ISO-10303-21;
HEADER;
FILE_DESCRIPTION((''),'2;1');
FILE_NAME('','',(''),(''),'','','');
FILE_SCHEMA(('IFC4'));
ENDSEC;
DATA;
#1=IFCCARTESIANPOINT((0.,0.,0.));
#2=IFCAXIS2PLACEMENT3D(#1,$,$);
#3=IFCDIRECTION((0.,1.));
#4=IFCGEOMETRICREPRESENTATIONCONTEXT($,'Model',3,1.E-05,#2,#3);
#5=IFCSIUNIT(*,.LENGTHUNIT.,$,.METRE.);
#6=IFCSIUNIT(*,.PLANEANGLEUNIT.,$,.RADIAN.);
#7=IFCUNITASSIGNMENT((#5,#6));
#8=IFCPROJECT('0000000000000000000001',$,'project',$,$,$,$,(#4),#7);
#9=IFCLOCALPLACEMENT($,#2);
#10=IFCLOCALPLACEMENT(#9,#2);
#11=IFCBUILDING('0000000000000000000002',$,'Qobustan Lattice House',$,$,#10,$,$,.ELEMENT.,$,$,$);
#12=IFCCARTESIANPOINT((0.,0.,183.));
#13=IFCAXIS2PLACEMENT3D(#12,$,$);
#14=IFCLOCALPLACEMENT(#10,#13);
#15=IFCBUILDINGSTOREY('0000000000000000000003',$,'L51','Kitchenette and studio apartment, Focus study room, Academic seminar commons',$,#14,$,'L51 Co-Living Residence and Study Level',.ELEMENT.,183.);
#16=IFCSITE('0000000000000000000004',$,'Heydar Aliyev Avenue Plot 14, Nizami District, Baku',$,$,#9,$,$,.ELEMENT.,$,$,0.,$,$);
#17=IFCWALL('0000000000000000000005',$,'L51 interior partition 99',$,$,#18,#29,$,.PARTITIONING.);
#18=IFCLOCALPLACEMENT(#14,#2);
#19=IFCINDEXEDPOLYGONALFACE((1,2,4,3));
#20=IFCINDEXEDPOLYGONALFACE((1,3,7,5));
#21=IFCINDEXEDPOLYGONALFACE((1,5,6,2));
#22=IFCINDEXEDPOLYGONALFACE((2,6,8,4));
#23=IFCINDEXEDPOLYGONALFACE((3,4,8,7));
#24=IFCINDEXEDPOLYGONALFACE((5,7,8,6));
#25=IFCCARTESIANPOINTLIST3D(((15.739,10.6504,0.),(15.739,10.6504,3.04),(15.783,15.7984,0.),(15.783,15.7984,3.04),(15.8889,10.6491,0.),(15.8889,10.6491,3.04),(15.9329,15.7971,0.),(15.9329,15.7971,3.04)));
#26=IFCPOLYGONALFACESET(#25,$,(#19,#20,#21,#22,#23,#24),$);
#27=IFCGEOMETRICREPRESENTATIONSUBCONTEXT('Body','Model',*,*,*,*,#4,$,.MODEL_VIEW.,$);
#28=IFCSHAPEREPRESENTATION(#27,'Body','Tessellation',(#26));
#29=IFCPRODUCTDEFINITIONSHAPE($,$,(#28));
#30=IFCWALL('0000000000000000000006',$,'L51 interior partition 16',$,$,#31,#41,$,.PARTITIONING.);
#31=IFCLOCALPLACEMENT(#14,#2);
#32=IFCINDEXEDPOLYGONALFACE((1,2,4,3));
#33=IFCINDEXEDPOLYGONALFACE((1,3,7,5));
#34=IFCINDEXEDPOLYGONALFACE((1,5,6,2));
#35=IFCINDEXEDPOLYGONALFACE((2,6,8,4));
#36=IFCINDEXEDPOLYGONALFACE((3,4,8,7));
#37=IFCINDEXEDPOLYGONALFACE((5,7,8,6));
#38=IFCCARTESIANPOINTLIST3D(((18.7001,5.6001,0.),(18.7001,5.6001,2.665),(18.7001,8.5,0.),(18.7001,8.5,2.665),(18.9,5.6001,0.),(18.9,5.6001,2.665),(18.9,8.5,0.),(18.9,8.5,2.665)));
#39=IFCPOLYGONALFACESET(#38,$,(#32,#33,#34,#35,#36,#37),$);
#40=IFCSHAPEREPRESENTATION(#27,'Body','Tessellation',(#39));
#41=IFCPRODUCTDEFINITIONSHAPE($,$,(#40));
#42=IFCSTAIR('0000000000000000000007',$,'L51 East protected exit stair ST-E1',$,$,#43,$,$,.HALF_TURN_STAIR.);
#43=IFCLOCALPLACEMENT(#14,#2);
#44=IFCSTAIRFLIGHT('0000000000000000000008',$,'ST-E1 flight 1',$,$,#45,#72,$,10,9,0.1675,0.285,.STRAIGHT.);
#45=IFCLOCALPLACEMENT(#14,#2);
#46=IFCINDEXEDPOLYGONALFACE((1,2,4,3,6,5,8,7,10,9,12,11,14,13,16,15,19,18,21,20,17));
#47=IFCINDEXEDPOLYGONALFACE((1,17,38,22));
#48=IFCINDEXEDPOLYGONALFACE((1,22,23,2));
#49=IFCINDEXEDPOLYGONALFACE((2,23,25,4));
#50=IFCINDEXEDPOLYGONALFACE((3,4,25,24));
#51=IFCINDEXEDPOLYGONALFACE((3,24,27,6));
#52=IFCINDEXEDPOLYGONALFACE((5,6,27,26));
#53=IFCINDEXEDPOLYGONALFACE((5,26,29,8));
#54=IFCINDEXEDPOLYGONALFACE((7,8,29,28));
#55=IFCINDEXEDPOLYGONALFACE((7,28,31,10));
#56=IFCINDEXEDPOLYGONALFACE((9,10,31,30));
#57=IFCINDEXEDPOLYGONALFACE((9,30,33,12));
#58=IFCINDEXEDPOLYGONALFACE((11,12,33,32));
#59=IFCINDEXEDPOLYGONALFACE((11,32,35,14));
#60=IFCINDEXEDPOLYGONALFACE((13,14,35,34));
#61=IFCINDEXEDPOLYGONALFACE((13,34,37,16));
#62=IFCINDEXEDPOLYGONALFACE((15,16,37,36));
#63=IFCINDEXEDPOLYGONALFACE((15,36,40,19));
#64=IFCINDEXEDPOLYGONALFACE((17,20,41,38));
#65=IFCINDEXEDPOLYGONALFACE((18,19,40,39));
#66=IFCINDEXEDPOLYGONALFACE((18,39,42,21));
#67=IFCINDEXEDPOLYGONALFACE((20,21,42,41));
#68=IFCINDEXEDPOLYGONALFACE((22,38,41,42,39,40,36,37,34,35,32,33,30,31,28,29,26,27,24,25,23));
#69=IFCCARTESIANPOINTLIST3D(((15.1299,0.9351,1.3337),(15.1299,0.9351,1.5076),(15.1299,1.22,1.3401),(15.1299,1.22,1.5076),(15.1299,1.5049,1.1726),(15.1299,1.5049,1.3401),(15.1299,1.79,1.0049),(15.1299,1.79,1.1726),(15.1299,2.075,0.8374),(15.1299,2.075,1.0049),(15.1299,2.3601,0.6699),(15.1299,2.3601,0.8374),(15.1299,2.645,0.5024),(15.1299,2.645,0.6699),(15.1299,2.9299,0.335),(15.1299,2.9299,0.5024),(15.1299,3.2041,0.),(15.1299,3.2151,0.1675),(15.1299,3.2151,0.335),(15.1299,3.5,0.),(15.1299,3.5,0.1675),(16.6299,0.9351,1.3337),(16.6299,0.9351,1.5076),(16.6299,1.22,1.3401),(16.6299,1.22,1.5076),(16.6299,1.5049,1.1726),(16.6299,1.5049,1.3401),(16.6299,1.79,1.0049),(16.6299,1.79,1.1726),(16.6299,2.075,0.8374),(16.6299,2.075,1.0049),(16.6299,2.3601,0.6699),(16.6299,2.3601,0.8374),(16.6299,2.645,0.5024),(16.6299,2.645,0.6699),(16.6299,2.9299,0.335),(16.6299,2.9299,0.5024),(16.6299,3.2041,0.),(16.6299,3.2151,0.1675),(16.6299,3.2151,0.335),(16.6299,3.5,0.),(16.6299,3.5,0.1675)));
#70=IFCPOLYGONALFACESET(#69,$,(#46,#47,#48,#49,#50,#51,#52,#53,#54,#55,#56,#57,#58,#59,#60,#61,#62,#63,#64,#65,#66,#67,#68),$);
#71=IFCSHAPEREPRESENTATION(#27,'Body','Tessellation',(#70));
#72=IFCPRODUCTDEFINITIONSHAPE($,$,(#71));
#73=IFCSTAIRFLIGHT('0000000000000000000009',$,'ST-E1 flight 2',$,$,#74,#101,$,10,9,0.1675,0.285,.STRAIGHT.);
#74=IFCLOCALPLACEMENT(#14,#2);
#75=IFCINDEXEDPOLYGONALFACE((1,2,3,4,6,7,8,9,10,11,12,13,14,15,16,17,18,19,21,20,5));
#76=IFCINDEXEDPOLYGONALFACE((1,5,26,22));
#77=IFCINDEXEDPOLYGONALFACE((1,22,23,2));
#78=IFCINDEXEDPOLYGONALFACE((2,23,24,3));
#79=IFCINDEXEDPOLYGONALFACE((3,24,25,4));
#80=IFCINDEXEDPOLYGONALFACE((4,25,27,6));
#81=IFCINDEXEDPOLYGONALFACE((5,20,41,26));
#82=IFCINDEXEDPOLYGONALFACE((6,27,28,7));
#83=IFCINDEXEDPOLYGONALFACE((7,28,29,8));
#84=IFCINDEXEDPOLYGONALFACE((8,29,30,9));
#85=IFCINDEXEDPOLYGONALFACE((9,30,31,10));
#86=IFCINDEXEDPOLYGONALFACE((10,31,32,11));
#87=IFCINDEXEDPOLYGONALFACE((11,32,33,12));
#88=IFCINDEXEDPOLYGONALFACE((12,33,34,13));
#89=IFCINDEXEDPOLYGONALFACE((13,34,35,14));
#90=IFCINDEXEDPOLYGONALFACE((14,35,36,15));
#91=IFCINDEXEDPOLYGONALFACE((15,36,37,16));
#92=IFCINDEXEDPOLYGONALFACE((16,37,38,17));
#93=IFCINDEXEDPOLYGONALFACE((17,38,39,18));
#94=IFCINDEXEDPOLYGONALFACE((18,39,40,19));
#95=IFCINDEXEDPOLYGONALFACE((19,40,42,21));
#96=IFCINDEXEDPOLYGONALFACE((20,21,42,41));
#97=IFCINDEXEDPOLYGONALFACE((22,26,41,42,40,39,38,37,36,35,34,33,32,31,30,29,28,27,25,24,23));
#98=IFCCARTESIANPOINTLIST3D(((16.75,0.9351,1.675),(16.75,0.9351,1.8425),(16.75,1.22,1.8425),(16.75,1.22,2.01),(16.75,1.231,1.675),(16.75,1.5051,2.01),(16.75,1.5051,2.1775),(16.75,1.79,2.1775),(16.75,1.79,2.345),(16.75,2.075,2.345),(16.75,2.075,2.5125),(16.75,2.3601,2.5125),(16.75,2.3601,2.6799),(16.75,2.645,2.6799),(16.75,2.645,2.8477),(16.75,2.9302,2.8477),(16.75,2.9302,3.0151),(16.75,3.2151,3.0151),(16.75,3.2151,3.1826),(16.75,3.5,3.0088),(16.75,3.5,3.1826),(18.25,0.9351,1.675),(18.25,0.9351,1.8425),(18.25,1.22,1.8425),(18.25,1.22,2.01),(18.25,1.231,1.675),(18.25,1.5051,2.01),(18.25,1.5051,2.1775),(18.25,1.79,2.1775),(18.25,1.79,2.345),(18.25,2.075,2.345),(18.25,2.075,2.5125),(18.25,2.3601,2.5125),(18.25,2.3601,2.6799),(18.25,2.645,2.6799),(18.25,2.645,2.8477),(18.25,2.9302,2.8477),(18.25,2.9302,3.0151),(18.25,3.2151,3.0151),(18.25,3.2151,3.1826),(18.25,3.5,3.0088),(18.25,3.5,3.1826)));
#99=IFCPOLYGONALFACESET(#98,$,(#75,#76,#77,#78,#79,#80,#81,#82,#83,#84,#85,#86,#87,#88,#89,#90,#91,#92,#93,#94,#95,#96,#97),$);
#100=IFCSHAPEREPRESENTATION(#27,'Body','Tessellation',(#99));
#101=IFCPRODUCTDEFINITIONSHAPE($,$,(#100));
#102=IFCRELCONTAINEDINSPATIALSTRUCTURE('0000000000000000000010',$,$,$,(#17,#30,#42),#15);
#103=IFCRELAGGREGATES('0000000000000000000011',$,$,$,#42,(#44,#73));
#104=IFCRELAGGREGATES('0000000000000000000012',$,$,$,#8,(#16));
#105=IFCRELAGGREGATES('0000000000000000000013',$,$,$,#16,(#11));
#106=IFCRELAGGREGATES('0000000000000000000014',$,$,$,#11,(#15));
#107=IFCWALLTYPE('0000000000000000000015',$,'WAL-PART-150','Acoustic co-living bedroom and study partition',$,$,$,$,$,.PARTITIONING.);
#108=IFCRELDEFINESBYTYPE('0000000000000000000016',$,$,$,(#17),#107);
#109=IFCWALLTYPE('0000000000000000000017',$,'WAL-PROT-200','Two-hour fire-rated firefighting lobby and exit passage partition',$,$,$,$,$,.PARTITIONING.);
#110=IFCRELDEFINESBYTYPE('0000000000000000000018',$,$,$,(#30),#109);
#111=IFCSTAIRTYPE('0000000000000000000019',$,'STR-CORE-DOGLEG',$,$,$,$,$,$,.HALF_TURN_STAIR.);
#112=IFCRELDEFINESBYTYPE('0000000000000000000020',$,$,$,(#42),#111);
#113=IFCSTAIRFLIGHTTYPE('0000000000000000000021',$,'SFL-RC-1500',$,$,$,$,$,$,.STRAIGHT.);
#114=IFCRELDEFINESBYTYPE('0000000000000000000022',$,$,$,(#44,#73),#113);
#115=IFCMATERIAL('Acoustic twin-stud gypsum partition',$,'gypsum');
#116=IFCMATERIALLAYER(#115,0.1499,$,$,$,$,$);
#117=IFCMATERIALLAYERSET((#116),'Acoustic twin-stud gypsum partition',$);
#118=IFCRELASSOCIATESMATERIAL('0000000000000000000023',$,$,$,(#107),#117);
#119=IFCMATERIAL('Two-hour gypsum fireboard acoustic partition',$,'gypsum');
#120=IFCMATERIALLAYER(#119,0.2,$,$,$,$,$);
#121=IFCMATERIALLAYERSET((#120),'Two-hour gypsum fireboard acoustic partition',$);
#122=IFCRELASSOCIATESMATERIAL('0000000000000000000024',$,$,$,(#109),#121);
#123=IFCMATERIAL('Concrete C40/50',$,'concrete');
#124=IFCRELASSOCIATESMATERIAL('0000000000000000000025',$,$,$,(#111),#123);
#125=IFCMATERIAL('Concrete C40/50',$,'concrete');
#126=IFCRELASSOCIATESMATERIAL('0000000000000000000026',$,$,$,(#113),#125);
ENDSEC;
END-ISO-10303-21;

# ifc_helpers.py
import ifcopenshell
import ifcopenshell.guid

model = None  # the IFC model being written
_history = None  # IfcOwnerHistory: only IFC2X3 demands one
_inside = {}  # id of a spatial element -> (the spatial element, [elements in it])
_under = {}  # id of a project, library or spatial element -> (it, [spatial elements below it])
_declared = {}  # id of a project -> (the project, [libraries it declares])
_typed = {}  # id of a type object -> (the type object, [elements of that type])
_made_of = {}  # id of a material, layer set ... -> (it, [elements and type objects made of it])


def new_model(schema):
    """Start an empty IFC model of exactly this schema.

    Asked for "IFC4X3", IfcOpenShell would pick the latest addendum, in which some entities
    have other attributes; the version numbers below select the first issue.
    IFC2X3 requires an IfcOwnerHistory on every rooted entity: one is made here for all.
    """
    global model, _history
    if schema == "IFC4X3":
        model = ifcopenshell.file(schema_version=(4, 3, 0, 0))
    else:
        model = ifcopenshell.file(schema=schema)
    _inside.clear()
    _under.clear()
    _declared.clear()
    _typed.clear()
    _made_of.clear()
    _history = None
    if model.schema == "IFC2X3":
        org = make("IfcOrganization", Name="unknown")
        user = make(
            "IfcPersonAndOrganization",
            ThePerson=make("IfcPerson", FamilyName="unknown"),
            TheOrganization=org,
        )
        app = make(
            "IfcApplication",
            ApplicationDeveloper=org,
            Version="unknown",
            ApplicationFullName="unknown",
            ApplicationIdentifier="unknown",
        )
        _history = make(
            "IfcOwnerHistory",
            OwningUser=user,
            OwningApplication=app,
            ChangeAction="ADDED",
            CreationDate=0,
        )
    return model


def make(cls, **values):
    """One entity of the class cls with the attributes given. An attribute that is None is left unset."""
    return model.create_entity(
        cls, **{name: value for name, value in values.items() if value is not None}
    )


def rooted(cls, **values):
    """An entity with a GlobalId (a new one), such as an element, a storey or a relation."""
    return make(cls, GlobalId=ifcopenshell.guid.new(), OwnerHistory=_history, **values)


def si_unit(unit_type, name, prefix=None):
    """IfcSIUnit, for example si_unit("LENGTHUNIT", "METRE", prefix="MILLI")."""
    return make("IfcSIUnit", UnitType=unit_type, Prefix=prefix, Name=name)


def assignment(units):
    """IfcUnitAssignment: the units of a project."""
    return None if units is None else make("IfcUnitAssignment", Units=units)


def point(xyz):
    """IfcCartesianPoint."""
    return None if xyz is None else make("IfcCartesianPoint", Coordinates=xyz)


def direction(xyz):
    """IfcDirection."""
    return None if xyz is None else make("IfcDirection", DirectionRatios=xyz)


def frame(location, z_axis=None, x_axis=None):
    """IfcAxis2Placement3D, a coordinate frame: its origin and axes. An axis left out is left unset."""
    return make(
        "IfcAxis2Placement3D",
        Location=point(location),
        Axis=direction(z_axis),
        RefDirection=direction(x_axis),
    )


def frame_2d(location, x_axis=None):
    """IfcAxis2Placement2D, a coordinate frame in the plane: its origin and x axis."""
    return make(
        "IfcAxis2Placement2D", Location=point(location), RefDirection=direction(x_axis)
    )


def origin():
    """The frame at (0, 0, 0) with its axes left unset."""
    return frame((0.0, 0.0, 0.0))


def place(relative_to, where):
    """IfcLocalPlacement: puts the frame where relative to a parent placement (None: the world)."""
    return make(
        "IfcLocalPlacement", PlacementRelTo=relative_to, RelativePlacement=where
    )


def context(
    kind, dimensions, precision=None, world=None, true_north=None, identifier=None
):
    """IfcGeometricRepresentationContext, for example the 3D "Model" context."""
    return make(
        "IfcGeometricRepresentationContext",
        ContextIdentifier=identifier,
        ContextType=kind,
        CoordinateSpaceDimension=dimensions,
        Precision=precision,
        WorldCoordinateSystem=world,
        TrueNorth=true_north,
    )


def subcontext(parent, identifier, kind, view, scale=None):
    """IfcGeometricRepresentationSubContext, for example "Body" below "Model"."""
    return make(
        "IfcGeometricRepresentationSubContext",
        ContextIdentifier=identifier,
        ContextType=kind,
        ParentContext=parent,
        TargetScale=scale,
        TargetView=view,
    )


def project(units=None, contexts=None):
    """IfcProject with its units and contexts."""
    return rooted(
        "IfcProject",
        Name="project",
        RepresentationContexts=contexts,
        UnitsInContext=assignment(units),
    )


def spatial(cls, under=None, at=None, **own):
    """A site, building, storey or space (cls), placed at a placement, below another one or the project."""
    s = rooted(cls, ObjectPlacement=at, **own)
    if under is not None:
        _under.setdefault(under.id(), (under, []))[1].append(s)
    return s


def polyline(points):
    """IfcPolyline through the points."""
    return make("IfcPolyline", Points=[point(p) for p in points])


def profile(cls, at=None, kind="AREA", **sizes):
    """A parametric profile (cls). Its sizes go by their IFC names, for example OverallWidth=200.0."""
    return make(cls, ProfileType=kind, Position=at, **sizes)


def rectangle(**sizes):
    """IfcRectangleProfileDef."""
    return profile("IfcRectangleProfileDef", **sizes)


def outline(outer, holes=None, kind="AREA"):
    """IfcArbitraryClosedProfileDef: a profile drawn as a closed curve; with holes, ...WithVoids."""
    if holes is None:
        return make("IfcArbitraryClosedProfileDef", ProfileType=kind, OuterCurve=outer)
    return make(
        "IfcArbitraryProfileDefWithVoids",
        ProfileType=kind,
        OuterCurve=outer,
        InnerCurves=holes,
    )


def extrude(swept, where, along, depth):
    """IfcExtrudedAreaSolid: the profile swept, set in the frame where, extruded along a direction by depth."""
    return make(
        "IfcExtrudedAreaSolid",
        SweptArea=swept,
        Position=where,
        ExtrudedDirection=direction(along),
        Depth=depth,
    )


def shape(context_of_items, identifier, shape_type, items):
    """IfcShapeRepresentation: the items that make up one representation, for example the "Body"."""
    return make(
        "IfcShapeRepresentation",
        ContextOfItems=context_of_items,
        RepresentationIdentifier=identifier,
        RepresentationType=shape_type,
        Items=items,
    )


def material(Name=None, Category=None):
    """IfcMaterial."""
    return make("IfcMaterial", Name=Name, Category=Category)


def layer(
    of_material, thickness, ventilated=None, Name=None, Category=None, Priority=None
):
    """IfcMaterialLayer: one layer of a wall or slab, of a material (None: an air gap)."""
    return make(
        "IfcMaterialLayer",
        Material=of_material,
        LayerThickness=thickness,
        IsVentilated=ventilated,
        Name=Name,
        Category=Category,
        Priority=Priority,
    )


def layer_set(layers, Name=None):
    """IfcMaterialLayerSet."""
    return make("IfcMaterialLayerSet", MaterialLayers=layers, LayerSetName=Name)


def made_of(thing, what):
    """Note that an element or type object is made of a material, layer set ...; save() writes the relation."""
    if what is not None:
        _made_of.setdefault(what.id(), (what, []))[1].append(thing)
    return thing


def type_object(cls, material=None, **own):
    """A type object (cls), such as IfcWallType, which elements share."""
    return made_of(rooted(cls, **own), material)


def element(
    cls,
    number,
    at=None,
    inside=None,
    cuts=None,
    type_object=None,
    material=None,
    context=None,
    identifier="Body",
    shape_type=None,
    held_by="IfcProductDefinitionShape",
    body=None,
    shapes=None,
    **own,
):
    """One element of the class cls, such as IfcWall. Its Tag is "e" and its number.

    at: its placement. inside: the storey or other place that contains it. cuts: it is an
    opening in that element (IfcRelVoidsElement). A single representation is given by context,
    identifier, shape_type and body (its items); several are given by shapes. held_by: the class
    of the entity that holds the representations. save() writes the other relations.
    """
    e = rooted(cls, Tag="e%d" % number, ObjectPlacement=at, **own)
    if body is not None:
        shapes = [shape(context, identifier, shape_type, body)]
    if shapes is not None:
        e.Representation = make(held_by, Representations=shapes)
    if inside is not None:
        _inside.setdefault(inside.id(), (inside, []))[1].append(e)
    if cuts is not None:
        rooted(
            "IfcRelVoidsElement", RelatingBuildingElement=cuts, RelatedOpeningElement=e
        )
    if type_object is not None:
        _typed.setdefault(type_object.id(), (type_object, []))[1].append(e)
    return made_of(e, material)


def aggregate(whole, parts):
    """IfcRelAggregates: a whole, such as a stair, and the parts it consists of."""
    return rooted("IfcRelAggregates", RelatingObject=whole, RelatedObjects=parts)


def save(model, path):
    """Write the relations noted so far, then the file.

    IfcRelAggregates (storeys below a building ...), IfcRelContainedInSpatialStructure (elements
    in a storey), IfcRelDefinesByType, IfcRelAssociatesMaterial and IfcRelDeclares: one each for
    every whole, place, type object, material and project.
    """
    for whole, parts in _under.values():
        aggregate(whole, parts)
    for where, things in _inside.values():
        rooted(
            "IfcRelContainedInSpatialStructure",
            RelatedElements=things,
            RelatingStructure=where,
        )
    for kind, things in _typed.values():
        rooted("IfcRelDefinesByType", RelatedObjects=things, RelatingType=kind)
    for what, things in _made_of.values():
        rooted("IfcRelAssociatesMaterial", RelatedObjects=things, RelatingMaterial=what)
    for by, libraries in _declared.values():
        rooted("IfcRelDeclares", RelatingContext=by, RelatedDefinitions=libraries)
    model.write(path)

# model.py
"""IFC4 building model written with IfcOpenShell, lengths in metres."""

from ifc_helpers import new_model, si_unit, direction, frame, frame_2d, origin, place, context, subcontext, project, spatial, polyline, rectangle, outline, extrude, material, layer, layer_set, type_object, element, aggregate, save


model = new_model("IFC4")

# Units and contexts
model_context = context("Model", 3, precision=1e-05, world=origin(), true_north=direction((0.0, 1.0)))
body_context = subcontext(model_context, "Body", "Model", "MODEL_VIEW")
ifc_project = project(units=[si_unit("LENGTHUNIT", "METRE"), si_unit("PLANEANGLEUNIT", "RADIAN")], contexts=[model_context])

# Site, building, storey
site_placement = place(None, origin())
site = spatial("IfcSite", under=ifc_project, at=site_placement, Name="Heydar Aliyev Avenue Plot 14, Nizami District, Baku", CompositionType="ELEMENT", RefElevation=0.0)
building_placement = place(site_placement, origin())
building = spatial("IfcBuilding", under=site, at=building_placement, Name="Qobustan Lattice House", CompositionType="ELEMENT")
storey_placement = place(building_placement, frame((0.0, 0.0, 183.0)))
storey = spatial("IfcBuildingStorey", under=building, at=storey_placement, Name="L51", Description="Kitchenette and studio apartment, Focus study room, Academic seminar commons", LongName="L51 Co-Living Residence and Study Level", CompositionType="ELEMENT", Elevation=183.0)

# Shared definitions
ifc_material_1 = material(Name="Acoustic twin-stud gypsum partition", Category="gypsum")
ifc_layer_1 = layer(ifc_material_1, 0.1499)
ifc_layer_set_1 = layer_set([ifc_layer_1], Name="Acoustic twin-stud gypsum partition")
wall_type_1 = type_object("IfcWallType", Name="WAL-PART-150", Description="Acoustic co-living bedroom and study partition", PredefinedType="PARTITIONING", material=ifc_layer_set_1)

# Wall
wall_1_placement = place(storey_placement, frame((15.8579, 15.7979, 0.0), z_axis=(0.0, 0.0, 1.0), x_axis=(-0.008536, -0.999964, 0.0)))
element("IfcWall", 1, at=wall_1_placement, inside=storey, type_object=wall_type_1, Name="L51 interior partition 99", PredefinedType="PARTITIONING", context=body_context, shape_type="SweptSolid", body=[
    extrude(rectangle(XDim=5.1482, YDim=0.1499, at=frame_2d((2.5742, 0.0))), origin(), (0.0, 0.0, 1.0), 3.04),
])

# Shared definitions
ifc_material_2 = material(Name="Two-hour gypsum fireboard acoustic partition", Category="gypsum")
ifc_layer_2 = layer(ifc_material_2, 0.2)
ifc_layer_set_2 = layer_set([ifc_layer_2], Name="Two-hour gypsum fireboard acoustic partition")
wall_type_2 = type_object("IfcWallType", Name="WAL-PROT-200", Description="Two-hour fire-rated firefighting lobby and exit passage partition", PredefinedType="PARTITIONING", material=ifc_layer_set_2)

# Wall
wall_2_placement = place(storey_placement, frame((18.8, 5.6001, 0.0), z_axis=(0.0, 0.0, 1.0), x_axis=(0.0, 1.0, 0.0)))
element("IfcWall", 2, at=wall_2_placement, inside=storey, type_object=wall_type_2, Name="L51 interior partition 16", PredefinedType="PARTITIONING", context=body_context, shape_type="SweptSolid", body=[
    extrude(rectangle(XDim=2.8999, YDim=0.2, at=frame_2d((1.45, 0.0))), origin(), (0.0, 0.0, 1.0), 2.665),
])

# Stair, stair flights
ifc_material_3 = material(Name="Concrete C40/50", Category="concrete")
stair_type = type_object("IfcStairType", Name="STR-CORE-DOGLEG", PredefinedType="HALF_TURN_STAIR", material=ifc_material_3)
stair_placement = place(storey_placement, origin())
stair = element("IfcStair", 3, at=stair_placement, inside=storey, type_object=stair_type, Name="L51 East protected exit stair ST-E1", PredefinedType="HALF_TURN_STAIR")
ifc_material_4 = material(Name="Concrete C40/50", Category="concrete")
stair_flight_type = type_object("IfcStairFlightType", Name="SFL-RC-1500", PredefinedType="STRAIGHT", material=ifc_material_4)
stair_flight_1_placement = place(storey_placement, frame((15.8799, 3.5, 0.0), z_axis=(0.0, 0.0, 1.0), x_axis=(0.0, -1.0, 0.0)))
stair_flight_1 = element("IfcStairFlight", 4, at=stair_flight_1_placement, type_object=stair_flight_type, Name="ST-E1 flight 1", NumberOfRisers=10, NumberOfTreads=9, PredefinedType="STRAIGHT", RiserHeight=0.1675, TreadLength=0.285, context=body_context, shape_type="SweptSolid", body=[
    extrude(outline(polyline([(0.0, 0.0), (0.0, 0.1675), (0.2849, 0.1675), (0.2849, 0.335), (0.5701, 0.335), (0.5701, 0.5024), (0.855, 0.5024), (0.855, 0.6699), (1.1399, 0.6699), (1.1399, 0.8374), (1.425, 0.8374), (1.425, 1.0049), (1.71, 1.0049), (1.71, 1.1726), (1.9951, 1.1726), (1.9951, 1.3401), (2.28, 1.3401), (2.28, 1.5076), (2.5649, 1.5076), (2.5649, 1.675), (2.5649, 1.3337), (0.2959, 0.0), (0.0, 0.0)])), frame((0.0, 0.75, 0.0), z_axis=(0.0, -1.0, 0.0), x_axis=(1.0, 0.0, 0.0)), (0.0, 0.0, 1.0), 1.5),
])
stair_flight_2_placement = place(storey_placement, frame((17.5, 0.9351, 1.675), z_axis=(0.0, 0.0, 1.0), x_axis=(0.0, 1.0, 0.0)))
stair_flight_2 = element("IfcStairFlight", 5, at=stair_flight_2_placement, type_object=stair_flight_type, Name="ST-E1 flight 2", NumberOfRisers=10, NumberOfTreads=9, PredefinedType="STRAIGHT", RiserHeight=0.1675, TreadLength=0.285, context=body_context, shape_type="SweptSolid", body=[
    extrude(outline(polyline([(0.0, 0.0), (0.0, 0.1675), (0.2849, 0.1675), (0.2849, 0.335), (0.5701, 0.335), (0.5701, 0.5024), (0.855, 0.5024), (0.855, 0.6699), (1.1399, 0.6699), (1.1399, 0.8374), (1.425, 0.8374), (1.425, 1.0049), (1.71, 1.0049), (1.71, 1.1726), (1.9951, 1.1726), (1.9951, 1.3401), (2.28, 1.3401), (2.28, 1.5076), (2.5649, 1.5076), (2.5649, 1.675), (2.5649, 1.3337), (0.2959, 0.0), (0.0, 0.0)])), frame((0.0, 0.75, 0.0), z_axis=(0.0, -1.0, 0.0), x_axis=(1.0, 0.0, 0.0)), (0.0, 0.0, 1.0), 1.5),
])
aggregate(stair, [stair_flight_1, stair_flight_2])

save(model, "model.ifc")
